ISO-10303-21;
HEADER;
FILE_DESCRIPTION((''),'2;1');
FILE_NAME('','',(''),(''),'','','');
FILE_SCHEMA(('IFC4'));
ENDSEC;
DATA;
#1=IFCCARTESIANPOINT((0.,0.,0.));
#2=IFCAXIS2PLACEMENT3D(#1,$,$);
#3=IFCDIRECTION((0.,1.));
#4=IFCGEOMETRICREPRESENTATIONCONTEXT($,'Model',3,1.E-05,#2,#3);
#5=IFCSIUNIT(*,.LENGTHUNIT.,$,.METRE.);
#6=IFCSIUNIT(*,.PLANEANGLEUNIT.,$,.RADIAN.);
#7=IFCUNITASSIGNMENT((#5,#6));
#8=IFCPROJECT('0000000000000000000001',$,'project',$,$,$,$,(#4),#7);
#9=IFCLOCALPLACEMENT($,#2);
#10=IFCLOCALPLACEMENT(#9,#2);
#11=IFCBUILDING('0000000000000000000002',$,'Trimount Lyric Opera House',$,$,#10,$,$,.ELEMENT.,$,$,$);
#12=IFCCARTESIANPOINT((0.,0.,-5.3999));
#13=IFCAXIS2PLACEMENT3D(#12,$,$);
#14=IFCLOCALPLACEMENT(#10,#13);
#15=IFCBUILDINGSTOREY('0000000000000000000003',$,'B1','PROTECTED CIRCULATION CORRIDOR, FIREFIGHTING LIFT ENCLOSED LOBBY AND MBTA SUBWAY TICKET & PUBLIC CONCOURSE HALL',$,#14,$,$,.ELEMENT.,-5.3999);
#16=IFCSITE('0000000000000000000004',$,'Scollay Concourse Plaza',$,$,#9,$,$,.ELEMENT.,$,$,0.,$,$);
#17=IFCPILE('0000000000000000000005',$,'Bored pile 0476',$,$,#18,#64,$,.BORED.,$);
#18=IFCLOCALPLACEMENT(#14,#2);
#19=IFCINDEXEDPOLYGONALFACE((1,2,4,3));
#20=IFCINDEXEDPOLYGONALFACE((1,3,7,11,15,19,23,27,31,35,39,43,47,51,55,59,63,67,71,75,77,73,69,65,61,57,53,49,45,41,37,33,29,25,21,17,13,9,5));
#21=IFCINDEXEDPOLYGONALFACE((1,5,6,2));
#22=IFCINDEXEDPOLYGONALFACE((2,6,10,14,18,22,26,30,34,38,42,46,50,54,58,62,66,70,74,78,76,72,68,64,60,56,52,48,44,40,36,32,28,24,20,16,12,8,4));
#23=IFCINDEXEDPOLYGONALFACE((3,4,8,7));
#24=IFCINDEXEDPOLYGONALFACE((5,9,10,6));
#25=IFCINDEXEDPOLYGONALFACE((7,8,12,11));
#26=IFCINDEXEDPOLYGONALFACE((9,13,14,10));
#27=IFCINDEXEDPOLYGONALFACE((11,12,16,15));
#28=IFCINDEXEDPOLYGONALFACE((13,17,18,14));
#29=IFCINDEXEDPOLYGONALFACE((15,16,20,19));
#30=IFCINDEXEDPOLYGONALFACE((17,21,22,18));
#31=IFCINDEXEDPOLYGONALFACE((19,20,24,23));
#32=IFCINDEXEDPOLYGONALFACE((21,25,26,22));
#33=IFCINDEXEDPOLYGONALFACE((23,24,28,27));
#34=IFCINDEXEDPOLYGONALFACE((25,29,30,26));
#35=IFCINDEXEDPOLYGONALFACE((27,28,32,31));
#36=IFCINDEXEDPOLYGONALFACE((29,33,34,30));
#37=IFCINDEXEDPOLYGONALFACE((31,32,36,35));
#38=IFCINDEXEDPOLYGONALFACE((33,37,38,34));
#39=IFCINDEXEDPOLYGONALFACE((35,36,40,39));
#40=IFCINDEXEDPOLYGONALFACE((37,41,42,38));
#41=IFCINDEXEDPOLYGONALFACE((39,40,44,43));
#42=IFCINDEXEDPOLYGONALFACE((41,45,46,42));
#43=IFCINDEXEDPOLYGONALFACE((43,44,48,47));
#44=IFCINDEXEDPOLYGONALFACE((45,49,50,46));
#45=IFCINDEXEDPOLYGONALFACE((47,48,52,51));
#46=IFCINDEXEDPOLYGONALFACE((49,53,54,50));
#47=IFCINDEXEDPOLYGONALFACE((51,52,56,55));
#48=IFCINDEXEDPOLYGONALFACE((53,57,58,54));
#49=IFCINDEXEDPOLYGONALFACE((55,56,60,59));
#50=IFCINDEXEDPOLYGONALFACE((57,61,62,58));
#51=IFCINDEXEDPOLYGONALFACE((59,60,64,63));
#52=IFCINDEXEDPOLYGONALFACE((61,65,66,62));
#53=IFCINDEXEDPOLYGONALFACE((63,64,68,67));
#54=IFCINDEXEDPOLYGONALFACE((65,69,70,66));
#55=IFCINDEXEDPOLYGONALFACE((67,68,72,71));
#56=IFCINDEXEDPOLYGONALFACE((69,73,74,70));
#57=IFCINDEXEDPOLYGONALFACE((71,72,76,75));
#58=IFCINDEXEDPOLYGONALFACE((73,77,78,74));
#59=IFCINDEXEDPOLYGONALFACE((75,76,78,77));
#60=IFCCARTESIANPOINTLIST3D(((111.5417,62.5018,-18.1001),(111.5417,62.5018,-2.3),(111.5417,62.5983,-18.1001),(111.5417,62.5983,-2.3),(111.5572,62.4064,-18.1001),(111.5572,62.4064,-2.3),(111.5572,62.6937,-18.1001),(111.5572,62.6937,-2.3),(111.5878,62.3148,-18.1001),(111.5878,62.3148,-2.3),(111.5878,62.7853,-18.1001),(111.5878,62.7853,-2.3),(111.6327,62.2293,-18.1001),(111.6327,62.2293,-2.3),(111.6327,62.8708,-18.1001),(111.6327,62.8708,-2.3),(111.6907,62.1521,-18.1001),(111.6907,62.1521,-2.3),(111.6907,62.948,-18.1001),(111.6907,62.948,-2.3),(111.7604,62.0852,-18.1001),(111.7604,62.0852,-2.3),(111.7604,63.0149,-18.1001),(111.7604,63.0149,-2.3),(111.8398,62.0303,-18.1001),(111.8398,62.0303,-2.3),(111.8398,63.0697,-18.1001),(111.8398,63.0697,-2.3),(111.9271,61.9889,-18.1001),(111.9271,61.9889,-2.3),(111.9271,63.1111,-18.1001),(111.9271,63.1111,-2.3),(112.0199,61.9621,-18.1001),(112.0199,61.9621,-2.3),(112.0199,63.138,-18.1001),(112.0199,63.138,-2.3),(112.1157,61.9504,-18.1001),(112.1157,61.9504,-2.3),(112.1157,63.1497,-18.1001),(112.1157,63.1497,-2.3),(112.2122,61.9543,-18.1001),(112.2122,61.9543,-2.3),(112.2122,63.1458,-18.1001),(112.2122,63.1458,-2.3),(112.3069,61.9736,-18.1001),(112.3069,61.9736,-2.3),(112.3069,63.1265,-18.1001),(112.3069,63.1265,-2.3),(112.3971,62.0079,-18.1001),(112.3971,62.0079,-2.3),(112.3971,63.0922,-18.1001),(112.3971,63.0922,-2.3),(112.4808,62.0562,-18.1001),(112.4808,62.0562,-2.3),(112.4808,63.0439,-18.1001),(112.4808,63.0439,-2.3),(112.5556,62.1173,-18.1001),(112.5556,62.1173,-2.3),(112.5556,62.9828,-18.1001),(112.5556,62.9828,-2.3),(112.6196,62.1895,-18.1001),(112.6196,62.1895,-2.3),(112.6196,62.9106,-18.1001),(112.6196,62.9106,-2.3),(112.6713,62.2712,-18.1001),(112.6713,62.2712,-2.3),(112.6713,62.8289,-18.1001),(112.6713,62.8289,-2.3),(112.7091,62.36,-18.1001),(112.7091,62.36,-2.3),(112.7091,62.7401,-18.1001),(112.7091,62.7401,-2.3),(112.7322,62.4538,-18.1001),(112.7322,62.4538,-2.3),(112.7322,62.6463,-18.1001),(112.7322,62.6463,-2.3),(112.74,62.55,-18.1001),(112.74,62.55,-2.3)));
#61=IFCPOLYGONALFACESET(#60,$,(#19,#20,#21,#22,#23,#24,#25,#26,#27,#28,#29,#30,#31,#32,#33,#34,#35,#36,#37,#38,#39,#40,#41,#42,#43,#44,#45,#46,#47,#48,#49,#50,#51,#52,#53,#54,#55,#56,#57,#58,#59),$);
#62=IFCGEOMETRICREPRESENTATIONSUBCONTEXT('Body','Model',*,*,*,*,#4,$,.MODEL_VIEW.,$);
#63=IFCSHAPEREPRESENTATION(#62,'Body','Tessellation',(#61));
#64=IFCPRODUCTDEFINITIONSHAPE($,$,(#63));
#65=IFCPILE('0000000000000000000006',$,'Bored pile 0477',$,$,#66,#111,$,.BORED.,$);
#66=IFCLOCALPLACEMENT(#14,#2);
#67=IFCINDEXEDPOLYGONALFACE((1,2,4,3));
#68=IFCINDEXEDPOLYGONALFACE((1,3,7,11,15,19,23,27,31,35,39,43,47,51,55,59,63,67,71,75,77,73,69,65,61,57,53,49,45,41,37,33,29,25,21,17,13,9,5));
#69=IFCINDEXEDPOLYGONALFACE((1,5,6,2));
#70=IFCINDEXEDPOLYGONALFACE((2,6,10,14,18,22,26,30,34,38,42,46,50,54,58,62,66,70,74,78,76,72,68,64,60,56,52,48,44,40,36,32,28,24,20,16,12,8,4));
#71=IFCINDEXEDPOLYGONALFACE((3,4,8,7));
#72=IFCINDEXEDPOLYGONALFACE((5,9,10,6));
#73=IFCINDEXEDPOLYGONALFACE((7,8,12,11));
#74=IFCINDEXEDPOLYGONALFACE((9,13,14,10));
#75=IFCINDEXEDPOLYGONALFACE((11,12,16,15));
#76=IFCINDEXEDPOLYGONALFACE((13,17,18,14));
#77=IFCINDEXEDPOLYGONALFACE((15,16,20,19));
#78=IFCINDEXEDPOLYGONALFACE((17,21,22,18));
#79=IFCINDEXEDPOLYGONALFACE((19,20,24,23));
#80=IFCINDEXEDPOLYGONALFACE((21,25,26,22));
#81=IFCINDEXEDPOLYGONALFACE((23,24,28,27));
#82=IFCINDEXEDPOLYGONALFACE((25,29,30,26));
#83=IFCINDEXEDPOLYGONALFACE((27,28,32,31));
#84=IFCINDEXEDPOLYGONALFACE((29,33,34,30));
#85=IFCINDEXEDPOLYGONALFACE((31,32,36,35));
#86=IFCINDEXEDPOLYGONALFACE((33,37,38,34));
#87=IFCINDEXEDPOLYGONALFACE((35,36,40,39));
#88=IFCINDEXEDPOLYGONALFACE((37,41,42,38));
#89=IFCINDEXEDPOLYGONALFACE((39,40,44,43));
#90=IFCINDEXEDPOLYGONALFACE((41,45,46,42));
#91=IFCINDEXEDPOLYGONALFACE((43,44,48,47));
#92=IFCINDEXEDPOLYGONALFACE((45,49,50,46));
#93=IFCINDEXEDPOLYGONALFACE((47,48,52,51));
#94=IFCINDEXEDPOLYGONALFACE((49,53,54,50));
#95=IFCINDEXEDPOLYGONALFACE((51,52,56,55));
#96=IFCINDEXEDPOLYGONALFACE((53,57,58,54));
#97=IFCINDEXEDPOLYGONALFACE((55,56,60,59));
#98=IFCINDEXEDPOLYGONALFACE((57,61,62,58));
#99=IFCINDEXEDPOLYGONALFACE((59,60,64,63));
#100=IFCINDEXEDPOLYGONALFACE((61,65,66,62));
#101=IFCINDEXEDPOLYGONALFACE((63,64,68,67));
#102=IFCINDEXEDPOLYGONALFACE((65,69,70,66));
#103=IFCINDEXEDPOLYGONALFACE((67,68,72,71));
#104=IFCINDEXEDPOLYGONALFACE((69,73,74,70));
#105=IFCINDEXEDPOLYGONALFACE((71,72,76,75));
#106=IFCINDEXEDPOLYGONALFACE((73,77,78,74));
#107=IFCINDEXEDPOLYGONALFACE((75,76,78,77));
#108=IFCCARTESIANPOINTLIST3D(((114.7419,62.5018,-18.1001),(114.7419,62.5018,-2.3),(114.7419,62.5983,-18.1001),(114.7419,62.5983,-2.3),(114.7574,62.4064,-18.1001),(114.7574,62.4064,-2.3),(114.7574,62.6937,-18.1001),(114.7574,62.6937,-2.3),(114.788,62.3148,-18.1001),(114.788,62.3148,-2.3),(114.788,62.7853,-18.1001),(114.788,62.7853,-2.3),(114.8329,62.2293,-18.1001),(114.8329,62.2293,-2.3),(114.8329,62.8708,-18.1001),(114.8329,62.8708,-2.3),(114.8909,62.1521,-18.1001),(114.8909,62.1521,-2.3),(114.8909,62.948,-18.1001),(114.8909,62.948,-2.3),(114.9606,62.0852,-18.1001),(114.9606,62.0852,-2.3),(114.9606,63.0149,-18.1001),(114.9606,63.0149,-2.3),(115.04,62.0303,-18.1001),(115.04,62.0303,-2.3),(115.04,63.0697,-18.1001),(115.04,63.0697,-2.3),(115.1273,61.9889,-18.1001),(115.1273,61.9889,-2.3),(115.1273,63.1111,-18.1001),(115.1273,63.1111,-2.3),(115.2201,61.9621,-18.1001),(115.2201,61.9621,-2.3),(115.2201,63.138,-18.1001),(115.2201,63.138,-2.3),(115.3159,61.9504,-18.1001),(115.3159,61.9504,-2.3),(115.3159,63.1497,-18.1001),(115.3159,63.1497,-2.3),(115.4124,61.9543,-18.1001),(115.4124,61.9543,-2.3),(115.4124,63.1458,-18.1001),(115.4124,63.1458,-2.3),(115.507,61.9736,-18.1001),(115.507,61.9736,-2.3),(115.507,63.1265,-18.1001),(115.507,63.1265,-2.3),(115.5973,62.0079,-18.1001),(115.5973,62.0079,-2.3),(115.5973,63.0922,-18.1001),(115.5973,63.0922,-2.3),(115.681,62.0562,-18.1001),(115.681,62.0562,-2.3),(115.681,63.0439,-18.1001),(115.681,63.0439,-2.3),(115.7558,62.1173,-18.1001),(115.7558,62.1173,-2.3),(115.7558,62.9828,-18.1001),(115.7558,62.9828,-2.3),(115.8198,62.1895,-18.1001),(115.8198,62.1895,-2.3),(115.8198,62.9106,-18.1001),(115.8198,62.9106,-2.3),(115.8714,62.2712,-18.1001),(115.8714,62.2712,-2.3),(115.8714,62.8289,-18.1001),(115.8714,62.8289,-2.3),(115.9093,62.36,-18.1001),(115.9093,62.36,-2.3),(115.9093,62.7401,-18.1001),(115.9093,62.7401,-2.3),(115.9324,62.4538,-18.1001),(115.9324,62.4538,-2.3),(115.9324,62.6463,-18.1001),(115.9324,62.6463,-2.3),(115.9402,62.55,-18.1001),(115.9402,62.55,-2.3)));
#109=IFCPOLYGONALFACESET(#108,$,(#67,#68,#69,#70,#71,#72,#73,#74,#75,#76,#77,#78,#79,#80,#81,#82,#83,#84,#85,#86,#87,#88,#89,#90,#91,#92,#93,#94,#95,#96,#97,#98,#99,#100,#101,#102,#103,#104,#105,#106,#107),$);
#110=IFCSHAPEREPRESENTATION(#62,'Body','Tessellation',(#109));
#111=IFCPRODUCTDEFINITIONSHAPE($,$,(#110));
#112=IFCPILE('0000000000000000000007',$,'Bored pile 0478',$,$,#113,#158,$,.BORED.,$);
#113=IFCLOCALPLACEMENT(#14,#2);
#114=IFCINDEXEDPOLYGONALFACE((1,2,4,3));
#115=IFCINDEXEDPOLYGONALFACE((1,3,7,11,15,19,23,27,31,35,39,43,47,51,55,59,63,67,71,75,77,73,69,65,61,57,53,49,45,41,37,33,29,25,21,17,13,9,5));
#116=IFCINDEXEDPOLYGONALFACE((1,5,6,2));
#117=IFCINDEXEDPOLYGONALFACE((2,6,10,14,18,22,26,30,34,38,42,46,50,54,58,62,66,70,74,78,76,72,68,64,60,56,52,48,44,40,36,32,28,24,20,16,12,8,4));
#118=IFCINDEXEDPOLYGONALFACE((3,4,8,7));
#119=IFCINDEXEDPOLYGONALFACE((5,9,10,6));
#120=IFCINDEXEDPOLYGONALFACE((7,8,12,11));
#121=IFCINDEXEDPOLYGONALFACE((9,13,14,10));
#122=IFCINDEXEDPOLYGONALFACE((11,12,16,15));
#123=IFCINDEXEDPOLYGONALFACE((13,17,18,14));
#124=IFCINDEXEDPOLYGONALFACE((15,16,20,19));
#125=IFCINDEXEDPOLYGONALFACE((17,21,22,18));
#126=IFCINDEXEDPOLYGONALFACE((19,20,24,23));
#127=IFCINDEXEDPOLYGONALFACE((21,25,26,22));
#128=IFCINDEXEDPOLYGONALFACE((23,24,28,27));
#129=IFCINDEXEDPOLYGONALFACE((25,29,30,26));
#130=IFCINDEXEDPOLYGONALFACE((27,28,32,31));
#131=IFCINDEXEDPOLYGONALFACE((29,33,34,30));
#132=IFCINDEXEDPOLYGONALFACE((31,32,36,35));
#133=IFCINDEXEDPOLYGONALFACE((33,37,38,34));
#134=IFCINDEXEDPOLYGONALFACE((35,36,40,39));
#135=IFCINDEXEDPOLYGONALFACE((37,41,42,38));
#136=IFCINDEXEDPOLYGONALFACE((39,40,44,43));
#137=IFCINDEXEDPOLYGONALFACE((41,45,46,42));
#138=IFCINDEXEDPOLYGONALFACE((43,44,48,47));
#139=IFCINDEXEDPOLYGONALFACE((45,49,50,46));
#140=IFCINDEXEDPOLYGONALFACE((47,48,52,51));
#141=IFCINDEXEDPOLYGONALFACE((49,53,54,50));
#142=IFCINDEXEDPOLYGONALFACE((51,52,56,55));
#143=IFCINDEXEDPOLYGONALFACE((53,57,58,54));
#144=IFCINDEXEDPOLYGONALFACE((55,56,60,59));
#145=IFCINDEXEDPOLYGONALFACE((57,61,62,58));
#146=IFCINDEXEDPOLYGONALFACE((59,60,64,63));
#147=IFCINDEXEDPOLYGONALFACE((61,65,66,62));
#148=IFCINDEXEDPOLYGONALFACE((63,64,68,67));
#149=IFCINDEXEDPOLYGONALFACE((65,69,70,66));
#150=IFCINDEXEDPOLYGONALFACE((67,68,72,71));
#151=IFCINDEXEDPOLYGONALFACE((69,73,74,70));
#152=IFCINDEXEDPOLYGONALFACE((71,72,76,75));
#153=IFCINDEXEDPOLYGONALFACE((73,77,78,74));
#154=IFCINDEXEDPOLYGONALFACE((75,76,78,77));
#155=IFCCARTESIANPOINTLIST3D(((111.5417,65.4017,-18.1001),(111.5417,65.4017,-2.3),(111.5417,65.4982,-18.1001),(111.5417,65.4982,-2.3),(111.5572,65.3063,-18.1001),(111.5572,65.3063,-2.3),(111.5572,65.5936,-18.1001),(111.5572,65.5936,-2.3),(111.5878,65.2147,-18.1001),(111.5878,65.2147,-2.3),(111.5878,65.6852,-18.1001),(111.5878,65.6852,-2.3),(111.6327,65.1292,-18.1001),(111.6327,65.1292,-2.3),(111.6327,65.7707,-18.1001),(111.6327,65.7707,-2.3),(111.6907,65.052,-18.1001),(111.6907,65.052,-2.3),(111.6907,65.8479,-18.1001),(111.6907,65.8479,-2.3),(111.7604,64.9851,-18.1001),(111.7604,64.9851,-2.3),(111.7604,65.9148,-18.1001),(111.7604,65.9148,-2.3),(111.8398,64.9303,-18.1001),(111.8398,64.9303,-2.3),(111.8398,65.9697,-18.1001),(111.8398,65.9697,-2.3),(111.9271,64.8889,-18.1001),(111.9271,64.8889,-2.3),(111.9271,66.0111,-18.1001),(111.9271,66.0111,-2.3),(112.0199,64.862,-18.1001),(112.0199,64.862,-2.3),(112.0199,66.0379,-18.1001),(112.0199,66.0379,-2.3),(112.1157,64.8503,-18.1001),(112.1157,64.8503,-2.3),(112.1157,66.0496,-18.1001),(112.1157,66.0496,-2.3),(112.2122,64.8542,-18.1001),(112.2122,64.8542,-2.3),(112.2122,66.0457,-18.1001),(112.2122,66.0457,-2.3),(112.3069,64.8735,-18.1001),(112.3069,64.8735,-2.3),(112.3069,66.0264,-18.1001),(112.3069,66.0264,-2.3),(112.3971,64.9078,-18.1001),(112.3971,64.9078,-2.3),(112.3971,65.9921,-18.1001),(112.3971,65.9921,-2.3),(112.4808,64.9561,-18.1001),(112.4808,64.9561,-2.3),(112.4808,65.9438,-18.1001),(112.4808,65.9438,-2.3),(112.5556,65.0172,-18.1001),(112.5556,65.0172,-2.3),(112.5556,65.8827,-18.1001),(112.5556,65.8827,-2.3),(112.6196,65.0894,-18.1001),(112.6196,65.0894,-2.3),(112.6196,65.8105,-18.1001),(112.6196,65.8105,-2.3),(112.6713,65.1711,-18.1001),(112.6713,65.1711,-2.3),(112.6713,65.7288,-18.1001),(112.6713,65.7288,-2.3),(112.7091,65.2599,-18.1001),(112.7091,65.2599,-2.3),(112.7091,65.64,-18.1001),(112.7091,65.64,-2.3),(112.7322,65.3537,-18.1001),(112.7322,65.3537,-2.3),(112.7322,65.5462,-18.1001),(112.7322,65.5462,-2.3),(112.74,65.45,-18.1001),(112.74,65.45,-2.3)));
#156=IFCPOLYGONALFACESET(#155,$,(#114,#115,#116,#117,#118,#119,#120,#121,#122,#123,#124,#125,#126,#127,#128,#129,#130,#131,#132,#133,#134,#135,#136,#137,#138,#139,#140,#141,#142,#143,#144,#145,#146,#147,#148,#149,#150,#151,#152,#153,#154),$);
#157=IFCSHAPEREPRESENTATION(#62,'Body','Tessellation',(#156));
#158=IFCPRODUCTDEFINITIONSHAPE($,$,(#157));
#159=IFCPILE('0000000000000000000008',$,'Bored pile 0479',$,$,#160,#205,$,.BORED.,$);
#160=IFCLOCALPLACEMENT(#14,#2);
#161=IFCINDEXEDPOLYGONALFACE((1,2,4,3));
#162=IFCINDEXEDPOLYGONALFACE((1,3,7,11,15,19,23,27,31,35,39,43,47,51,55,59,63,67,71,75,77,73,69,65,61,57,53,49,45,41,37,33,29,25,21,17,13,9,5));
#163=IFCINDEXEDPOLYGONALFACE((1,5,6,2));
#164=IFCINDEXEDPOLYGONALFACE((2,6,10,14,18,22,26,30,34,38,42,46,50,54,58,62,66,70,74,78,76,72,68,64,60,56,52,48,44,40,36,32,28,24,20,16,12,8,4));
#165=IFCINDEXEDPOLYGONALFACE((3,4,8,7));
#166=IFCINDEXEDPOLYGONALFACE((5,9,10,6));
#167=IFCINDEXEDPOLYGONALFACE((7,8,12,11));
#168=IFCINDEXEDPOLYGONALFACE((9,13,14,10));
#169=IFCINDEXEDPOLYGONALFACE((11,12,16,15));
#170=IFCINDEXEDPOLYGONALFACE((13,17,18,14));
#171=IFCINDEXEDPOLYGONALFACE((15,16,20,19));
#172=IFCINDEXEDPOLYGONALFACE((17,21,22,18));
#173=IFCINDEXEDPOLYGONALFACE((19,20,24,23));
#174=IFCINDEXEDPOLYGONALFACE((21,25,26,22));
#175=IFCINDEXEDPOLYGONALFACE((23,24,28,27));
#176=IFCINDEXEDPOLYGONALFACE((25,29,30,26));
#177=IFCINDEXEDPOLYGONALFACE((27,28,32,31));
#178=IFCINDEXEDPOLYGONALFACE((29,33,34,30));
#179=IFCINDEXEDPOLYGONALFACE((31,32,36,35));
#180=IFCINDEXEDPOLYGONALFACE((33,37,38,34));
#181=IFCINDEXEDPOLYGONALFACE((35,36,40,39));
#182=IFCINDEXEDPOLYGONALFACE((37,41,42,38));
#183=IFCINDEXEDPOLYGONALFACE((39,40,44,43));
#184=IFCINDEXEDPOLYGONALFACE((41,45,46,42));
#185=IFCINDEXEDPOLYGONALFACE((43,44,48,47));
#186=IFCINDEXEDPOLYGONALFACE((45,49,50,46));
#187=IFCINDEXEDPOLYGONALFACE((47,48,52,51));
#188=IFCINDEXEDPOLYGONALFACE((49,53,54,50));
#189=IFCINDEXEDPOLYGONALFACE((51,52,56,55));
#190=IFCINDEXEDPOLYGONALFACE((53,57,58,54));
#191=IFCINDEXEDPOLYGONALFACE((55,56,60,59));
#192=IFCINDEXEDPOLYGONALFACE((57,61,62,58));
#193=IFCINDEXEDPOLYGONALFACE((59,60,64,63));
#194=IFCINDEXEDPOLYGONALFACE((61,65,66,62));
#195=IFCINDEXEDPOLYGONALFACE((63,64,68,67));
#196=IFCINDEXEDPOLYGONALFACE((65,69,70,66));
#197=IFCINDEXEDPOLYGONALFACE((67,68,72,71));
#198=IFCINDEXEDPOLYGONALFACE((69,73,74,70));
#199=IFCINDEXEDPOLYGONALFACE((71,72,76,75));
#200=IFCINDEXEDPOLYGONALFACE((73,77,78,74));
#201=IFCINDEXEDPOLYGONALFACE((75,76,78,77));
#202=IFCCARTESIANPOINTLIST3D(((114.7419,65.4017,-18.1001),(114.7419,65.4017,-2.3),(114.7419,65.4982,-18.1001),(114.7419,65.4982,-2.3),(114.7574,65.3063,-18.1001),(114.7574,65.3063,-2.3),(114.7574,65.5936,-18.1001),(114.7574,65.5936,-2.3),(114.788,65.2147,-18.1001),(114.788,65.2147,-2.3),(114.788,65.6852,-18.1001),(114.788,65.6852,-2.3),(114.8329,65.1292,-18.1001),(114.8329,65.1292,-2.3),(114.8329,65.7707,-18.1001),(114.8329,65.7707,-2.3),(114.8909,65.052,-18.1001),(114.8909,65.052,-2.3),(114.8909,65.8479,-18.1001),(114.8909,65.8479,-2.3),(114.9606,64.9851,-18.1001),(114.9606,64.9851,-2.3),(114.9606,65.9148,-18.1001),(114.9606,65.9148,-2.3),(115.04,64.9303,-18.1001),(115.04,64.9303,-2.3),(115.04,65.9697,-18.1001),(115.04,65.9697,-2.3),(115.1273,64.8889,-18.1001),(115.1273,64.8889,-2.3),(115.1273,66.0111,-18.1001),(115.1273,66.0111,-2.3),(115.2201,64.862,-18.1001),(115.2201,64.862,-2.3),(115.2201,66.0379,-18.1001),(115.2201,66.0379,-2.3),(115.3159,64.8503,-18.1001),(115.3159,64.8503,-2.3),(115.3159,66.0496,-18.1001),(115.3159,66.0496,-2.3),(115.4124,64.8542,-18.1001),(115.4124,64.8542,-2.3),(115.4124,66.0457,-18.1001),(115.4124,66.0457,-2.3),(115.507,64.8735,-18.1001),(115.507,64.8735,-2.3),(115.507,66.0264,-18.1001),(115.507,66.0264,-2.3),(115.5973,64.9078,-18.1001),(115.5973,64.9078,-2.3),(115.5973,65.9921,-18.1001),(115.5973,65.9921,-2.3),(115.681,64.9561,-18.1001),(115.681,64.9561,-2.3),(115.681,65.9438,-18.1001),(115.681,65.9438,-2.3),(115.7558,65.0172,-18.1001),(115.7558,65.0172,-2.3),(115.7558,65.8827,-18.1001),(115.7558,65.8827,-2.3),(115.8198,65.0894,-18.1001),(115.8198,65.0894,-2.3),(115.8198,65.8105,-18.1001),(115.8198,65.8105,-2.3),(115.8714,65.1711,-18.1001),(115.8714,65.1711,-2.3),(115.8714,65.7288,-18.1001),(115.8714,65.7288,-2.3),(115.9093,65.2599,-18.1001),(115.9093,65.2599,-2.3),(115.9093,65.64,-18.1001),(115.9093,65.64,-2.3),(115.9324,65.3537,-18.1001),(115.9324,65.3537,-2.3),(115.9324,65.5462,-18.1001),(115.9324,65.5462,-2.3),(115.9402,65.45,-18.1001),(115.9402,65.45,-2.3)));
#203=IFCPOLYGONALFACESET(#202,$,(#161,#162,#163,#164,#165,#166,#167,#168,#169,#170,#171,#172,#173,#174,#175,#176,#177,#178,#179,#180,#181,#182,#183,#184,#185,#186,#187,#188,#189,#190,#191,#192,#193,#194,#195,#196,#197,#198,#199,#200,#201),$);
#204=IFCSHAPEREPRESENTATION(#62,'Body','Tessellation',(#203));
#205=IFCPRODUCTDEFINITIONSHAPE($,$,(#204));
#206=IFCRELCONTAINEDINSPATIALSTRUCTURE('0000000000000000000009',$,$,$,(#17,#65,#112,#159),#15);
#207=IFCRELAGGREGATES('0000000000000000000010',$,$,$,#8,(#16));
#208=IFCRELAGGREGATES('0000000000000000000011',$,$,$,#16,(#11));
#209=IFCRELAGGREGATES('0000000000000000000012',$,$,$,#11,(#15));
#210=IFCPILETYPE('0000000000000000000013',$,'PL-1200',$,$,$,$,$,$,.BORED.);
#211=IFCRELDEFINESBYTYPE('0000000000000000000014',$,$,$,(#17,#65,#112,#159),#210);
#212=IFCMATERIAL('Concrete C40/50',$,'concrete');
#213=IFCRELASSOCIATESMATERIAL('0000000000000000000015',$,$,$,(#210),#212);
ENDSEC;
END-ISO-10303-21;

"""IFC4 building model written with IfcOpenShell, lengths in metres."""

from ifc_helpers import new_model, si_unit, direction, frame, origin, origin_2d, place, context, subcontext, project, spatial, circle, extrude, material, material_profile, profile_set, type_object, element, save


model = new_model("IFC4")

# Units and contexts
model_context = context("Model", 3, precision=1e-05, world=origin(), true_north=direction((0.0, 1.0)))
body_context = subcontext(model_context, "Body", "Model", "MODEL_VIEW")
ifc_project = project(units=[si_unit("LENGTHUNIT", "METRE"), si_unit("PLANEANGLEUNIT", "RADIAN")], contexts=[model_context])

# Site, building, storey
site_placement = place(None, origin())
site = spatial("IfcSite", under=ifc_project, at=site_placement, Name="Scollay Concourse Plaza", CompositionType="ELEMENT", RefElevation=0.0)
building_placement = place(site_placement, origin())
building = spatial("IfcBuilding", under=site, at=building_placement, Name="Trimount Lyric Opera House", CompositionType="ELEMENT")
storey_placement = place(building_placement, frame((0.0, 0.0, -5.3999)))
storey = spatial("IfcBuildingStorey", under=building, at=storey_placement, Name="B1", Description="PROTECTED CIRCULATION CORRIDOR, FIREFIGHTING LIFT ENCLOSED LOBBY AND MBTA SUBWAY TICKET & PUBLIC CONCOURSE HALL", CompositionType="ELEMENT", Elevation=-5.3999)

# Piles
ifc_material_1 = material(Name="Concrete C40/50", Category="concrete")
ifc_material_profile_1 = material_profile(ifc_material_1, circle(Radius=0.6001, at=origin_2d()), Name="PILE-D1200")
ifc_profile_set_1 = profile_set([ifc_material_profile_1], Name="Concrete C40/50")
pile_type_1 = type_object("IfcPileType", Name="PL-1200", PredefinedType="BORED", material=ifc_profile_set_1)
for number, where, z_axis, x_axis, name in (
    (1, (112.1399, 62.55, -2.3), (0.0, 0.0, -1.0), (1.0, 0.0, 0.0), "Bored pile 0476"),
    (2, (115.3401, 62.55, -2.3), (0.0, 0.0, -1.0), (1.0, 0.0, 0.0), "Bored pile 0477"),
    (3, (112.1399, 65.45, -2.3), (0.0, 0.0, -1.0), (1.0, 0.0, 0.0), "Bored pile 0478"),
    (4, (115.3401, 65.45, -2.3), (0.0, 0.0, -1.0), (1.0, 0.0, 0.0), "Bored pile 0479"),
):
    element("IfcPile", number, at=place(storey_placement, frame(where, z_axis=z_axis, x_axis=x_axis)), inside=storey, type_object=pile_type_1, Name=name, PredefinedType="BORED", context=body_context, shape_type="SweptSolid", body=[
        extrude(circle(Radius=0.6001, at=origin_2d()), origin(), (0.0, 0.0, 1.0), 15.8),
    ])

save(model, "model.ifc")
